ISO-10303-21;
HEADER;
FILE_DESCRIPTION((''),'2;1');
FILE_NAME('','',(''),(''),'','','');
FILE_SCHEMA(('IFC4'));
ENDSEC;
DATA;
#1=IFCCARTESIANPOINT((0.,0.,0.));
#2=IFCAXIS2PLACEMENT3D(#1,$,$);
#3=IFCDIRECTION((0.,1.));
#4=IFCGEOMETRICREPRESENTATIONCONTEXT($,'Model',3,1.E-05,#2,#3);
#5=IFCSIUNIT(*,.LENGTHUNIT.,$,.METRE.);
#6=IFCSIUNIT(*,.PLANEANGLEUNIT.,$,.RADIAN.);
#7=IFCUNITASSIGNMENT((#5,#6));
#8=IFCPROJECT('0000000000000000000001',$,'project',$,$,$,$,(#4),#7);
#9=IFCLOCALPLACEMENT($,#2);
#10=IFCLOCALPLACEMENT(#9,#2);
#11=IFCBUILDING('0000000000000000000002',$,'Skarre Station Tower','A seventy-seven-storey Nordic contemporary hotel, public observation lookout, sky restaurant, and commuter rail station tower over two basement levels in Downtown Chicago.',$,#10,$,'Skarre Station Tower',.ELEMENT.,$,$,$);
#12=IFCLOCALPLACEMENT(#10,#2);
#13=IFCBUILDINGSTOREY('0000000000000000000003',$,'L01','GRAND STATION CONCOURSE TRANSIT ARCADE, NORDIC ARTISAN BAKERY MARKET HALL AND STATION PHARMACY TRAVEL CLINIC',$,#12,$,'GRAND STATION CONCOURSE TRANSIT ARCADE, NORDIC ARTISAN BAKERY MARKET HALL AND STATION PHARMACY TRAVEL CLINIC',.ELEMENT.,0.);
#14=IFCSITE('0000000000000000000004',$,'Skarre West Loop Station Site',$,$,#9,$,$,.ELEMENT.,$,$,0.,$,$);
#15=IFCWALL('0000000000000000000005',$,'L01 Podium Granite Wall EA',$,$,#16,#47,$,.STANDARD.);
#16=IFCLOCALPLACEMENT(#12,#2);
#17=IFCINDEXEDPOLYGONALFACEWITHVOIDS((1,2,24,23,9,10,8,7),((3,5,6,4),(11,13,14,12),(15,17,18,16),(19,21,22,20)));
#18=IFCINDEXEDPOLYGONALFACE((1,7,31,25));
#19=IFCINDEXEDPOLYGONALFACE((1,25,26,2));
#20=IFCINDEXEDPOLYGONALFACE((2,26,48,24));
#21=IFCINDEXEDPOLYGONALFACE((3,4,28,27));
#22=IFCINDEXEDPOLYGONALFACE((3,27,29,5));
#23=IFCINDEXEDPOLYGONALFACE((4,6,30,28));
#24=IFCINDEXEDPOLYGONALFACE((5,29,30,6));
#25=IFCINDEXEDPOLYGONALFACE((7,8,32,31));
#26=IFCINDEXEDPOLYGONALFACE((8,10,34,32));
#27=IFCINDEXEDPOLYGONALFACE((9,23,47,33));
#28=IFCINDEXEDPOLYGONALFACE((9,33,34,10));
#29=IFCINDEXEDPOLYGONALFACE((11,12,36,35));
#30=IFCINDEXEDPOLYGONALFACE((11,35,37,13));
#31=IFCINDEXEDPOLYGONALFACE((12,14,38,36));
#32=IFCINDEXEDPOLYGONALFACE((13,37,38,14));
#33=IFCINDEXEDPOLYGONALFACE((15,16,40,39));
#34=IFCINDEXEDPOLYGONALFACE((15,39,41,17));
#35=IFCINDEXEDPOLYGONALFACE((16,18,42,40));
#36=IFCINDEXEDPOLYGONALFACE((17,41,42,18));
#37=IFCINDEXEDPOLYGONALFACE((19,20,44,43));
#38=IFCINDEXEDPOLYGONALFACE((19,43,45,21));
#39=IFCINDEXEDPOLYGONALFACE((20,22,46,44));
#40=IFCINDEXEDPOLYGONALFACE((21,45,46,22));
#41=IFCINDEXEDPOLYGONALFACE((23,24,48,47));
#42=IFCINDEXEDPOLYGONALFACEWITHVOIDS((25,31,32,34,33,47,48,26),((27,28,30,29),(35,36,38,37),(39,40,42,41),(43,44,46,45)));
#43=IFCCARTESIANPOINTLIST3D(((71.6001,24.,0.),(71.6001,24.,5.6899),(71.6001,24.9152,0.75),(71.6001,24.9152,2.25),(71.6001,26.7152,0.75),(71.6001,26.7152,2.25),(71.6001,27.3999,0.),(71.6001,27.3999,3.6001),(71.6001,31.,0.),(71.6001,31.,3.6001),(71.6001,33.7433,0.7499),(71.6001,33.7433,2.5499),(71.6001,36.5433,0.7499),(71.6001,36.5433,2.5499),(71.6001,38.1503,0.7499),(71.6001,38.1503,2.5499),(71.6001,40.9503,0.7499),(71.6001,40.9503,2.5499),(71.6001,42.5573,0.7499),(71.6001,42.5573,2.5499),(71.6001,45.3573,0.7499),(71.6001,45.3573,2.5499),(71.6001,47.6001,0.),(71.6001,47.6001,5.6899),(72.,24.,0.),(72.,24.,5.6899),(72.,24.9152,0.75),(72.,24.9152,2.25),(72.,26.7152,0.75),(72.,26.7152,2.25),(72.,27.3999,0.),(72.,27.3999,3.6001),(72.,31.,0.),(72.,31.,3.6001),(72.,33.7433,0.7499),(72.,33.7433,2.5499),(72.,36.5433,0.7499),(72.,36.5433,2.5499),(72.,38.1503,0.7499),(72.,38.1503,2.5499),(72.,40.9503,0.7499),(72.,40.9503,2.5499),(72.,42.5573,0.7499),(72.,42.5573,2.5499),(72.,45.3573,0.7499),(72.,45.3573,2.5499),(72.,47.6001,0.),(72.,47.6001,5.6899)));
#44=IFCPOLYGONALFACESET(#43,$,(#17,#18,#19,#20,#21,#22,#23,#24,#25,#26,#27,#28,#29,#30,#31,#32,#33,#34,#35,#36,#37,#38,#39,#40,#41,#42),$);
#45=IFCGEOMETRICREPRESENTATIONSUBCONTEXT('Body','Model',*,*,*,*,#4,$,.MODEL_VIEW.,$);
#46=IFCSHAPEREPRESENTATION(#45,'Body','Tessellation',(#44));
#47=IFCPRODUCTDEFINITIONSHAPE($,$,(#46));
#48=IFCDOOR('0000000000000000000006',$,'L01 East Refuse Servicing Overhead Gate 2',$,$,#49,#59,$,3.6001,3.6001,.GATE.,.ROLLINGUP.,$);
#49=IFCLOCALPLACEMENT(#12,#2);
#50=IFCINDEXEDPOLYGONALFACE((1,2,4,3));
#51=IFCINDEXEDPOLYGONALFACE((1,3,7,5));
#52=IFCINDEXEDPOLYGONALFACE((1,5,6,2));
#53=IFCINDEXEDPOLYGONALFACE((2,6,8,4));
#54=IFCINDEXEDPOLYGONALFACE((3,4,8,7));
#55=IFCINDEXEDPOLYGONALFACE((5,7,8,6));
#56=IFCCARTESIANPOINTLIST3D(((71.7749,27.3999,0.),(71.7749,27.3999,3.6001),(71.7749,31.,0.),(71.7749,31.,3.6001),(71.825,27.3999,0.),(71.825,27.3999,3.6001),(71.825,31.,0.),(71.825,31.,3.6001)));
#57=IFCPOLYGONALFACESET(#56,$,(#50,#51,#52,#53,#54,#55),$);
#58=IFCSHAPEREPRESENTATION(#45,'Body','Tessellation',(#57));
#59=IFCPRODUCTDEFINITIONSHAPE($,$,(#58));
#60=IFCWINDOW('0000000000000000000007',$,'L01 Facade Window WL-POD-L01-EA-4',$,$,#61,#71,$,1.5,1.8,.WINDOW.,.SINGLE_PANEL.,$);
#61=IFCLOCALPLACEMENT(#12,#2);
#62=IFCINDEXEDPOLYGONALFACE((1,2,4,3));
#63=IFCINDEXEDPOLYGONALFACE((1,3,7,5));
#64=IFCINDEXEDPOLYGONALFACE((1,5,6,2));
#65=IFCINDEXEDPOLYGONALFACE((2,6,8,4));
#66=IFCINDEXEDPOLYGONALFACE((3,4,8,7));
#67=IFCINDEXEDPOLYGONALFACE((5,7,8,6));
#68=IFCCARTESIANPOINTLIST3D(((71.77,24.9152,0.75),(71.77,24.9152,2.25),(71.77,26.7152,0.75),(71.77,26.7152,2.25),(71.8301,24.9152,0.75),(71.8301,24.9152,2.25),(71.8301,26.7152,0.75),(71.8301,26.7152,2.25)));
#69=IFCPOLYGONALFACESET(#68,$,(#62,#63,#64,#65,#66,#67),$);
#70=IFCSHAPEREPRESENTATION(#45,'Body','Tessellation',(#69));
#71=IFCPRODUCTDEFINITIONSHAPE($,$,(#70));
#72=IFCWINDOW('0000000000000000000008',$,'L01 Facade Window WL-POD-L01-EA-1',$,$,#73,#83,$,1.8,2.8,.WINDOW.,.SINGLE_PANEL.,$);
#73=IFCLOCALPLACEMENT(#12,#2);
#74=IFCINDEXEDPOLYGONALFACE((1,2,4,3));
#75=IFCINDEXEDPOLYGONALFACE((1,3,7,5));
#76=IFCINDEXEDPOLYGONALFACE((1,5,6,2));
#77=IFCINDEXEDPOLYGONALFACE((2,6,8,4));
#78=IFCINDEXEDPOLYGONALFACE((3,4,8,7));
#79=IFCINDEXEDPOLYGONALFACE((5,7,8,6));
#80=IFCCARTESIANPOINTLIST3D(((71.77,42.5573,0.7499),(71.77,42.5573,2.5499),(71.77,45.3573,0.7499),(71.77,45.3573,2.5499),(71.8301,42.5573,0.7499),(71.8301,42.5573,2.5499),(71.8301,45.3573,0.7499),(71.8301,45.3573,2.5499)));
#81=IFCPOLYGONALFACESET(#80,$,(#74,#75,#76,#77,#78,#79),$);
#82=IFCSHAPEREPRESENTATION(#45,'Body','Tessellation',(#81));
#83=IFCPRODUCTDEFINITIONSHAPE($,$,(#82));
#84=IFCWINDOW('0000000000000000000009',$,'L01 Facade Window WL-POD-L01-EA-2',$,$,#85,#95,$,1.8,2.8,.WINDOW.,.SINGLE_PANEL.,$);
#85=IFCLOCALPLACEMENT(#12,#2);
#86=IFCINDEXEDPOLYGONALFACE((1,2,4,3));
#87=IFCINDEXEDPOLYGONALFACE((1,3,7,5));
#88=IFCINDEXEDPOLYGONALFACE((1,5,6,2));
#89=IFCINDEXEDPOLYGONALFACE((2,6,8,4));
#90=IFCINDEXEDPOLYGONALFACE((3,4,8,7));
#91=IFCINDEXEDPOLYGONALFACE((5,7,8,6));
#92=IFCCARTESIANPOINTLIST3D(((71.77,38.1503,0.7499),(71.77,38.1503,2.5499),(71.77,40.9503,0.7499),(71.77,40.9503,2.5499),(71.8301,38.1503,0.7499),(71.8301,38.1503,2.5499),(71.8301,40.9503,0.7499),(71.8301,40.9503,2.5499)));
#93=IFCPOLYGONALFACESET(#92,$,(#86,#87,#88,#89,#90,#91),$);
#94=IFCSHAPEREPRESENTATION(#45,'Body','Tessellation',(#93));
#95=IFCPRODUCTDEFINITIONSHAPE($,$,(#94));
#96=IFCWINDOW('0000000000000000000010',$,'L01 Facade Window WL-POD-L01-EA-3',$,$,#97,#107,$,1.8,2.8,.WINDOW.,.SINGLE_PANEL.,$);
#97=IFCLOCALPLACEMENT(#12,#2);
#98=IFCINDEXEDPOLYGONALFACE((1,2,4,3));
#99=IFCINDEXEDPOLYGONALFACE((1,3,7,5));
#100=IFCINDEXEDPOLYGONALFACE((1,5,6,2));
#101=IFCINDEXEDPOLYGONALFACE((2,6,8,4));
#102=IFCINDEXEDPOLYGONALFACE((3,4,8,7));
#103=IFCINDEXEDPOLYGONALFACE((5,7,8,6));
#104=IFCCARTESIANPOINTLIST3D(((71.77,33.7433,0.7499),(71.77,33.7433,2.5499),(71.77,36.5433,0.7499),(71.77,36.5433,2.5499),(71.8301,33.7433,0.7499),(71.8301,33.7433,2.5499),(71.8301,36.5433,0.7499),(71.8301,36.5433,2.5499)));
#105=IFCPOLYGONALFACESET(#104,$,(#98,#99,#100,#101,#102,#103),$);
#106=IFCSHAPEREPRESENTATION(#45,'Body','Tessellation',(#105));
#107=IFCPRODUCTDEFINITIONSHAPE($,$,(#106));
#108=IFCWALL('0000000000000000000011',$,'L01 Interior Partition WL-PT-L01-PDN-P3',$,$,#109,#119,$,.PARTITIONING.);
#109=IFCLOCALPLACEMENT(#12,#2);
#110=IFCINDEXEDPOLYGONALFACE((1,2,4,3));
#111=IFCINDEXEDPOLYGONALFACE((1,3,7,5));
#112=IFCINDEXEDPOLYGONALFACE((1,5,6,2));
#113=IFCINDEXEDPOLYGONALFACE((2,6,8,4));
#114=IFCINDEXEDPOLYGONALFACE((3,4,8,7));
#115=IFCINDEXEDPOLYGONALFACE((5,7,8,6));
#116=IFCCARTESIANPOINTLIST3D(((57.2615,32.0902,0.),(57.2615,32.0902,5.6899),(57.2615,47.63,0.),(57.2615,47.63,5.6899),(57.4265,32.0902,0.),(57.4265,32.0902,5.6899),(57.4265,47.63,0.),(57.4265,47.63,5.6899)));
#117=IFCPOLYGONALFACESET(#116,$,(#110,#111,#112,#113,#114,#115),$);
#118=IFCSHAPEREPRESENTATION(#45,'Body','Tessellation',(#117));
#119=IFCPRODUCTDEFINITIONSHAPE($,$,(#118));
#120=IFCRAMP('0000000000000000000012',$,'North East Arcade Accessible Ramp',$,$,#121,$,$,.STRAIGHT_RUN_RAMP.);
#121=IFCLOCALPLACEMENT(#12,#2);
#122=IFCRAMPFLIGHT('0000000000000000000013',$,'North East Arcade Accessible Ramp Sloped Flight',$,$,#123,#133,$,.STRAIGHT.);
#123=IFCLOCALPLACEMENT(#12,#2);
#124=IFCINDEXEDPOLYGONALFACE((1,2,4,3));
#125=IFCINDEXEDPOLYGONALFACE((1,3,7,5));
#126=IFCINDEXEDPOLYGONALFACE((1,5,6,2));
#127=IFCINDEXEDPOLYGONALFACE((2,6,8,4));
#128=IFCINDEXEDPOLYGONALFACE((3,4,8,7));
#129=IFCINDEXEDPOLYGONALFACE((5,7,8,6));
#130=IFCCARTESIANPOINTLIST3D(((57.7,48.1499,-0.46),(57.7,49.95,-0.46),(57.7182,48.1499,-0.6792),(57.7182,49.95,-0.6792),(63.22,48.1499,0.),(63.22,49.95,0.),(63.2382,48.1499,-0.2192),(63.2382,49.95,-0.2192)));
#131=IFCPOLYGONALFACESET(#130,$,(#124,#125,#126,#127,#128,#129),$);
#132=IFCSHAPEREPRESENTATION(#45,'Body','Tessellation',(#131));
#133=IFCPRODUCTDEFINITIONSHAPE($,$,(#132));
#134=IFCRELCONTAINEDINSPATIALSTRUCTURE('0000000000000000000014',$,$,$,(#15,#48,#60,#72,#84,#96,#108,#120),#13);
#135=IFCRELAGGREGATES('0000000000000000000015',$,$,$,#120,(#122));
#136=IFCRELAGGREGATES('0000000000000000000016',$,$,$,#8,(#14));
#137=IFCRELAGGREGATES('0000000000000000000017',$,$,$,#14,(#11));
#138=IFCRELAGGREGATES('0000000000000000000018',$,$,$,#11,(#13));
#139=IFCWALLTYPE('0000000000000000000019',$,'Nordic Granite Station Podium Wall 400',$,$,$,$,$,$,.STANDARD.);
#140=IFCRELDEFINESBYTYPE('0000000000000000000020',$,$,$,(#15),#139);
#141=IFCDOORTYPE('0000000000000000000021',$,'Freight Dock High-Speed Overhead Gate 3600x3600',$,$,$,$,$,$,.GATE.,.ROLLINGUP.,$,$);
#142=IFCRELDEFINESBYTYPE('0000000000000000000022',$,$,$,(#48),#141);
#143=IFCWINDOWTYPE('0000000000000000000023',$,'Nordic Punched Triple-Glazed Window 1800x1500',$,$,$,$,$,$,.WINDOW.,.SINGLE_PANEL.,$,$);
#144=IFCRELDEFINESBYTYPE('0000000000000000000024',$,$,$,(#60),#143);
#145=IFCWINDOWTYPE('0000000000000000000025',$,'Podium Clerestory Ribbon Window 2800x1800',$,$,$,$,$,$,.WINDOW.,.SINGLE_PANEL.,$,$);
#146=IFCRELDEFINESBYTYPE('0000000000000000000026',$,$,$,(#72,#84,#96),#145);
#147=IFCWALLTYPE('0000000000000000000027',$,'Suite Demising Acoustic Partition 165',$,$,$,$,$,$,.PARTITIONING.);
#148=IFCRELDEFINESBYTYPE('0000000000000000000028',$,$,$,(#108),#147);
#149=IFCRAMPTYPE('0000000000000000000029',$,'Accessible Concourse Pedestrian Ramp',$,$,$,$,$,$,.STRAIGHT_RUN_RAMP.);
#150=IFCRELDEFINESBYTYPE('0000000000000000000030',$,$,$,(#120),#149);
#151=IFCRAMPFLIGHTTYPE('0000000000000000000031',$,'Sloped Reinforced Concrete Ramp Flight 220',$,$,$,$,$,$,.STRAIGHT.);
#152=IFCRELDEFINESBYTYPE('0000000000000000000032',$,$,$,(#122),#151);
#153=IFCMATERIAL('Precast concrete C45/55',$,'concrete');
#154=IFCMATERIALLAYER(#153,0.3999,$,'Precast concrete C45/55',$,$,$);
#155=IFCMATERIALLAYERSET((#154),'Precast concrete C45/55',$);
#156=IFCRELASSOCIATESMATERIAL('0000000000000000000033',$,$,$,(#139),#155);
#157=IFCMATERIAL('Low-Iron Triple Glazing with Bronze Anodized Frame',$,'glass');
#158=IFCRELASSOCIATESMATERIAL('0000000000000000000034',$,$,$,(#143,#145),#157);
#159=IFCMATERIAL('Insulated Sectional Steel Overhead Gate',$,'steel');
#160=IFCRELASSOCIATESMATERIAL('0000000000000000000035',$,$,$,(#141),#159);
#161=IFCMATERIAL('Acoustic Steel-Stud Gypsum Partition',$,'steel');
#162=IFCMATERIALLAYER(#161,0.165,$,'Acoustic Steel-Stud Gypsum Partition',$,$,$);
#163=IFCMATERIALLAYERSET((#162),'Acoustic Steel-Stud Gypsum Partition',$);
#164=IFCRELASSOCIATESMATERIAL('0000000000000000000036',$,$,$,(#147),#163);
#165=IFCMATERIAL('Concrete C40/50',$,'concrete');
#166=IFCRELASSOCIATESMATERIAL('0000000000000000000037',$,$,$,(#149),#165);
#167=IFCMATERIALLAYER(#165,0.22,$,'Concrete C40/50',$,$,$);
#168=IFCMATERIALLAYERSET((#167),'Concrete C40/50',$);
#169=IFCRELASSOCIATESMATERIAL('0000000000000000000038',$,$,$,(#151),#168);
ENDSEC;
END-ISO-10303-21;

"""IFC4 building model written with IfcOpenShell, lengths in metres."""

from ifc_helpers import new_model, si_unit, direction, frame, frame_2d, origin, place, context, subcontext, project, spatial, polyline, rectangle, outline, extrude, material, layer, layer_set, type_object, element, fill, aggregate, save


model = new_model("IFC4")

# Units and contexts
model_context = context("Model", 3, precision=1e-05, world=origin(), true_north=direction((0.0, 1.0)))
body_context = subcontext(model_context, "Body", "Model", "MODEL_VIEW")
ifc_project = project(units=[si_unit("LENGTHUNIT", "METRE"), si_unit("PLANEANGLEUNIT", "RADIAN")], contexts=[model_context])

# Site, building, storey
site_placement = place(None, origin())
site = spatial("IfcSite", under=ifc_project, at=site_placement, Name="Skarre West Loop Station Site", CompositionType="ELEMENT", RefElevation=0.0)
building_placement = place(site_placement, origin())
building = spatial("IfcBuilding", under=site, at=building_placement, Name="Skarre Station Tower", Description="A seventy-seven-storey Nordic contemporary hotel, public observation lookout, sky restaurant, and commuter rail station tower over two basement levels in Downtown Chicago.", LongName="Skarre Station Tower", CompositionType="ELEMENT")
storey_placement = place(building_placement, origin())
storey = spatial("IfcBuildingStorey", under=building, at=storey_placement, Name="L01", Description="GRAND STATION CONCOURSE TRANSIT ARCADE, NORDIC ARTISAN BAKERY MARKET HALL AND STATION PHARMACY TRAVEL CLINIC", LongName="GRAND STATION CONCOURSE TRANSIT ARCADE, NORDIC ARTISAN BAKERY MARKET HALL AND STATION PHARMACY TRAVEL CLINIC", CompositionType="ELEMENT", Elevation=0.0)

# Shared definitions
ifc_material_1 = material(Name="Acoustic Steel-Stud Gypsum Partition", Category="steel")

# Shared definitions
ifc_material_2 = material(Name="Precast concrete C45/55", Category="concrete")
ifc_layer_1 = layer(ifc_material_2, 0.3999, Name="Precast concrete C45/55")
ifc_layer_set_1 = layer_set([ifc_layer_1], Name="Precast concrete C45/55")
wall_type_1 = type_object("IfcWallType", Name="Nordic Granite Station Podium Wall 400", PredefinedType="STANDARD", material=ifc_layer_set_1)
ifc_material_3 = material(Name="Low-Iron Triple Glazing with Bronze Anodized Frame", Category="glass")
window_type_1 = type_object("IfcWindowType", Name="Nordic Punched Triple-Glazed Window 1800x1500", PartitioningType="SINGLE_PANEL", PredefinedType="WINDOW", material=ifc_material_3)
window_type_2 = type_object("IfcWindowType", Name="Podium Clerestory Ribbon Window 2800x1800", PartitioningType="SINGLE_PANEL", PredefinedType="WINDOW", material=ifc_material_3)

# Wall, openings, door, windows
wall_1_placement = place(storey_placement, frame((71.8, 47.6001, 0.0), z_axis=(0.0, 0.0, 1.0), x_axis=(0.0, -1.0, 0.0)))
wall_1 = element("IfcWall", 1, at=wall_1_placement, inside=storey, type_object=wall_type_1, Name="L01 Podium Granite Wall EA", PredefinedType="STANDARD", context=body_context, shape_type="SweptSolid", body=[
    extrude(rectangle(XDim=23.6001, YDim=0.3999, at=frame_2d((11.8, 0.0))), origin(), (0.0, 0.0, 1.0), 5.6899),
])
opening_1_placement = place(wall_1_placement, frame((16.6001, 0.0, 0.0)))
opening_1 = element("IfcOpeningElement", 2, at=opening_1_placement, cuts=wall_1, PredefinedType="OPENING", context=body_context, shape_type="SweptSolid", body=[
    extrude(rectangle(XDim=3.6001, YDim=3.6001, at=frame_2d((1.8, 1.8))), frame((0.0, 0.21, 0.0), z_axis=(0.0, -1.0, 0.0), x_axis=(1.0, 0.0, 0.0)), (0.0, 0.0, 1.0), 0.4199),
])
opening_2_placement = place(wall_1_placement, frame((2.2429, 0.0, 0.75)))
opening_2 = element("IfcOpeningElement", 3, at=opening_2_placement, cuts=wall_1, PredefinedType="OPENING", context=body_context, shape_type="SweptSolid", body=[
    extrude(rectangle(XDim=2.8, YDim=1.8, at=frame_2d((1.3999, 0.8999))), frame((0.0, 0.21, 0.0), z_axis=(0.0, -1.0, 0.0), x_axis=(1.0, 0.0, 0.0)), (0.0, 0.0, 1.0), 0.4199),
])
opening_3_placement = place(wall_1_placement, frame((6.6499, 0.0, 0.75)))
opening_3 = element("IfcOpeningElement", 4, at=opening_3_placement, cuts=wall_1, PredefinedType="OPENING", context=body_context, shape_type="SweptSolid", body=[
    extrude(rectangle(XDim=2.8, YDim=1.8, at=frame_2d((1.3999, 0.8999))), frame((0.0, 0.21, 0.0), z_axis=(0.0, -1.0, 0.0), x_axis=(1.0, 0.0, 0.0)), (0.0, 0.0, 1.0), 0.4199),
])
opening_4_placement = place(wall_1_placement, frame((11.0569, 0.0, 0.75)))
opening_4 = element("IfcOpeningElement", 5, at=opening_4_placement, cuts=wall_1, PredefinedType="OPENING", context=body_context, shape_type="SweptSolid", body=[
    extrude(rectangle(XDim=2.8, YDim=1.8, at=frame_2d((1.3999, 0.8999))), frame((0.0, 0.21, 0.0), z_axis=(0.0, -1.0, 0.0), x_axis=(1.0, 0.0, 0.0)), (0.0, 0.0, 1.0), 0.4199),
])
opening_5_placement = place(wall_1_placement, frame((20.885, 0.0, 0.75)))
opening_5 = element("IfcOpeningElement", 6, at=opening_5_placement, cuts=wall_1, PredefinedType="OPENING", context=body_context, shape_type="SweptSolid", body=[
    extrude(rectangle(XDim=1.8, YDim=1.5, at=frame_2d((0.8999, 0.75))), frame((0.0, 0.21, 0.0), z_axis=(0.0, -1.0, 0.0), x_axis=(1.0, 0.0, 0.0)), (0.0, 0.0, 1.0), 0.4199),
])
ifc_material_4 = material(Name="Insulated Sectional Steel Overhead Gate", Category="steel")
door_type_1 = type_object("IfcDoorType", Name="Freight Dock High-Speed Overhead Gate 3600x3600", OperationType="ROLLINGUP", PredefinedType="GATE", material=ifc_material_4)
door_1_placement = place(opening_1_placement, origin())
door_1 = element("IfcDoor", 7, at=door_1_placement, inside=storey, type_object=door_type_1, Name="L01 East Refuse Servicing Overhead Gate 2", OperationType="ROLLINGUP", OverallHeight=3.6001, OverallWidth=3.6001, PredefinedType="GATE", context=body_context, shape_type="SweptSolid", body=[
    extrude(rectangle(XDim=3.6001, YDim=3.6001, at=frame_2d((1.8, 1.8))), frame((0.0, 0.0249, 0.0), z_axis=(0.0, -1.0, 0.0), x_axis=(1.0, 0.0, 0.0)), (0.0, 0.0, 1.0), 0.05),
])
fill(opening_1, door_1)
window_1_placement = place(opening_5_placement, origin())
window_1 = element("IfcWindow", 8, at=window_1_placement, inside=storey, type_object=window_type_1, Name="L01 Facade Window WL-POD-L01-EA-4", OverallHeight=1.5, OverallWidth=1.8, PartitioningType="SINGLE_PANEL", PredefinedType="WINDOW", context=body_context, shape_type="SweptSolid", body=[
    extrude(rectangle(XDim=1.8, YDim=1.5, at=frame_2d((0.8999, 0.75))), frame((0.0, 0.03, 0.0), z_axis=(0.0, -1.0, 0.0), x_axis=(1.0, 0.0, 0.0)), (0.0, 0.0, 1.0), 0.0601),
])
fill(opening_5, window_1)
window_2_placement = place(opening_2_placement, origin())
window_2 = element("IfcWindow", 9, at=window_2_placement, inside=storey, type_object=window_type_2, Name="L01 Facade Window WL-POD-L01-EA-1", OverallHeight=1.8, OverallWidth=2.8, PartitioningType="SINGLE_PANEL", PredefinedType="WINDOW", context=body_context, shape_type="SweptSolid", body=[
    extrude(rectangle(XDim=2.8, YDim=1.8, at=frame_2d((1.3999, 0.8999))), frame((0.0, 0.03, 0.0), z_axis=(0.0, -1.0, 0.0), x_axis=(1.0, 0.0, 0.0)), (0.0, 0.0, 1.0), 0.0601),
])
fill(opening_2, window_2)
window_3_placement = place(opening_3_placement, origin())
window_3 = element("IfcWindow", 10, at=window_3_placement, inside=storey, type_object=window_type_2, Name="L01 Facade Window WL-POD-L01-EA-2", OverallHeight=1.8, OverallWidth=2.8, PartitioningType="SINGLE_PANEL", PredefinedType="WINDOW", context=body_context, shape_type="SweptSolid", body=[
    extrude(rectangle(XDim=2.8, YDim=1.8, at=frame_2d((1.3999, 0.8999))), frame((0.0, 0.03, 0.0), z_axis=(0.0, -1.0, 0.0), x_axis=(1.0, 0.0, 0.0)), (0.0, 0.0, 1.0), 0.0601),
])
fill(opening_3, window_3)
window_4_placement = place(opening_4_placement, origin())
window_4 = element("IfcWindow", 11, at=window_4_placement, inside=storey, type_object=window_type_2, Name="L01 Facade Window WL-POD-L01-EA-3", OverallHeight=1.8, OverallWidth=2.8, PartitioningType="SINGLE_PANEL", PredefinedType="WINDOW", context=body_context, shape_type="SweptSolid", body=[
    extrude(rectangle(XDim=2.8, YDim=1.8, at=frame_2d((1.3999, 0.8999))), frame((0.0, 0.03, 0.0), z_axis=(0.0, -1.0, 0.0), x_axis=(1.0, 0.0, 0.0)), (0.0, 0.0, 1.0), 0.0601),
])
fill(opening_4, window_4)

# Wall
ifc_layer_2 = layer(ifc_material_1, 0.165, Name="Acoustic Steel-Stud Gypsum Partition")
ifc_layer_set_2 = layer_set([ifc_layer_2], Name="Acoustic Steel-Stud Gypsum Partition")
wall_type_2 = type_object("IfcWallType", Name="Suite Demising Acoustic Partition 165", PredefinedType="PARTITIONING", material=ifc_layer_set_2)
wall_2_placement = place(storey_placement, frame((57.344, 32.0901, 0.0), z_axis=(0.0, 0.0, 1.0), x_axis=(0.0, 1.0, 0.0)))
element("IfcWall", 12, at=wall_2_placement, inside=storey, type_object=wall_type_2, Name="L01 Interior Partition WL-PT-L01-PDN-P3", PredefinedType="PARTITIONING", context=body_context, shape_type="SweptSolid", body=[
    extrude(rectangle(XDim=15.5398, YDim=0.165, at=frame_2d((7.77, 0.0))), origin(), (0.0, 0.0, 1.0), 5.6899),
])

# Ramp, ramp flight
ifc_material_5 = material(Name="Concrete C40/50", Category="concrete")
ramp_type = type_object("IfcRampType", Name="Accessible Concourse Pedestrian Ramp", PredefinedType="STRAIGHT_RUN_RAMP", material=ifc_material_5)
ramp_placement = place(storey_placement, origin())
ramp = element("IfcRamp", 13, at=ramp_placement, inside=storey, type_object=ramp_type, Name="North East Arcade Accessible Ramp", PredefinedType="STRAIGHT_RUN_RAMP")
ifc_layer_3 = layer(ifc_material_5, 0.22, Name="Concrete C40/50")
ifc_layer_set_3 = layer_set([ifc_layer_3], Name="Concrete C40/50")
ramp_flight_type = type_object("IfcRampFlightType", Name="Sloped Reinforced Concrete Ramp Flight 220", PredefinedType="STRAIGHT", material=ifc_layer_set_3)
ramp_flight_placement = place(storey_placement, frame((57.7, 48.1499, -0.46), z_axis=(-0.083038, 0.0, 0.996546), x_axis=(0.996546, 0.0, 0.083038)))
ramp_flight = element("IfcRampFlight", 14, at=ramp_flight_placement, type_object=ramp_flight_type, Name="North East Arcade Accessible Ramp Sloped Flight", PredefinedType="STRAIGHT", context=body_context, shape_type="SweptSolid", body=[
    extrude(outline(polyline([(0.0, 0.0), (5.5391, 0.0), (5.5391, 1.8), (0.0, 1.8), (0.0, 0.0)])), origin(), (0.0, 0.0, -1.0), 0.22),
])
aggregate(ramp, [ramp_flight])

save(model, "model.ifc")
